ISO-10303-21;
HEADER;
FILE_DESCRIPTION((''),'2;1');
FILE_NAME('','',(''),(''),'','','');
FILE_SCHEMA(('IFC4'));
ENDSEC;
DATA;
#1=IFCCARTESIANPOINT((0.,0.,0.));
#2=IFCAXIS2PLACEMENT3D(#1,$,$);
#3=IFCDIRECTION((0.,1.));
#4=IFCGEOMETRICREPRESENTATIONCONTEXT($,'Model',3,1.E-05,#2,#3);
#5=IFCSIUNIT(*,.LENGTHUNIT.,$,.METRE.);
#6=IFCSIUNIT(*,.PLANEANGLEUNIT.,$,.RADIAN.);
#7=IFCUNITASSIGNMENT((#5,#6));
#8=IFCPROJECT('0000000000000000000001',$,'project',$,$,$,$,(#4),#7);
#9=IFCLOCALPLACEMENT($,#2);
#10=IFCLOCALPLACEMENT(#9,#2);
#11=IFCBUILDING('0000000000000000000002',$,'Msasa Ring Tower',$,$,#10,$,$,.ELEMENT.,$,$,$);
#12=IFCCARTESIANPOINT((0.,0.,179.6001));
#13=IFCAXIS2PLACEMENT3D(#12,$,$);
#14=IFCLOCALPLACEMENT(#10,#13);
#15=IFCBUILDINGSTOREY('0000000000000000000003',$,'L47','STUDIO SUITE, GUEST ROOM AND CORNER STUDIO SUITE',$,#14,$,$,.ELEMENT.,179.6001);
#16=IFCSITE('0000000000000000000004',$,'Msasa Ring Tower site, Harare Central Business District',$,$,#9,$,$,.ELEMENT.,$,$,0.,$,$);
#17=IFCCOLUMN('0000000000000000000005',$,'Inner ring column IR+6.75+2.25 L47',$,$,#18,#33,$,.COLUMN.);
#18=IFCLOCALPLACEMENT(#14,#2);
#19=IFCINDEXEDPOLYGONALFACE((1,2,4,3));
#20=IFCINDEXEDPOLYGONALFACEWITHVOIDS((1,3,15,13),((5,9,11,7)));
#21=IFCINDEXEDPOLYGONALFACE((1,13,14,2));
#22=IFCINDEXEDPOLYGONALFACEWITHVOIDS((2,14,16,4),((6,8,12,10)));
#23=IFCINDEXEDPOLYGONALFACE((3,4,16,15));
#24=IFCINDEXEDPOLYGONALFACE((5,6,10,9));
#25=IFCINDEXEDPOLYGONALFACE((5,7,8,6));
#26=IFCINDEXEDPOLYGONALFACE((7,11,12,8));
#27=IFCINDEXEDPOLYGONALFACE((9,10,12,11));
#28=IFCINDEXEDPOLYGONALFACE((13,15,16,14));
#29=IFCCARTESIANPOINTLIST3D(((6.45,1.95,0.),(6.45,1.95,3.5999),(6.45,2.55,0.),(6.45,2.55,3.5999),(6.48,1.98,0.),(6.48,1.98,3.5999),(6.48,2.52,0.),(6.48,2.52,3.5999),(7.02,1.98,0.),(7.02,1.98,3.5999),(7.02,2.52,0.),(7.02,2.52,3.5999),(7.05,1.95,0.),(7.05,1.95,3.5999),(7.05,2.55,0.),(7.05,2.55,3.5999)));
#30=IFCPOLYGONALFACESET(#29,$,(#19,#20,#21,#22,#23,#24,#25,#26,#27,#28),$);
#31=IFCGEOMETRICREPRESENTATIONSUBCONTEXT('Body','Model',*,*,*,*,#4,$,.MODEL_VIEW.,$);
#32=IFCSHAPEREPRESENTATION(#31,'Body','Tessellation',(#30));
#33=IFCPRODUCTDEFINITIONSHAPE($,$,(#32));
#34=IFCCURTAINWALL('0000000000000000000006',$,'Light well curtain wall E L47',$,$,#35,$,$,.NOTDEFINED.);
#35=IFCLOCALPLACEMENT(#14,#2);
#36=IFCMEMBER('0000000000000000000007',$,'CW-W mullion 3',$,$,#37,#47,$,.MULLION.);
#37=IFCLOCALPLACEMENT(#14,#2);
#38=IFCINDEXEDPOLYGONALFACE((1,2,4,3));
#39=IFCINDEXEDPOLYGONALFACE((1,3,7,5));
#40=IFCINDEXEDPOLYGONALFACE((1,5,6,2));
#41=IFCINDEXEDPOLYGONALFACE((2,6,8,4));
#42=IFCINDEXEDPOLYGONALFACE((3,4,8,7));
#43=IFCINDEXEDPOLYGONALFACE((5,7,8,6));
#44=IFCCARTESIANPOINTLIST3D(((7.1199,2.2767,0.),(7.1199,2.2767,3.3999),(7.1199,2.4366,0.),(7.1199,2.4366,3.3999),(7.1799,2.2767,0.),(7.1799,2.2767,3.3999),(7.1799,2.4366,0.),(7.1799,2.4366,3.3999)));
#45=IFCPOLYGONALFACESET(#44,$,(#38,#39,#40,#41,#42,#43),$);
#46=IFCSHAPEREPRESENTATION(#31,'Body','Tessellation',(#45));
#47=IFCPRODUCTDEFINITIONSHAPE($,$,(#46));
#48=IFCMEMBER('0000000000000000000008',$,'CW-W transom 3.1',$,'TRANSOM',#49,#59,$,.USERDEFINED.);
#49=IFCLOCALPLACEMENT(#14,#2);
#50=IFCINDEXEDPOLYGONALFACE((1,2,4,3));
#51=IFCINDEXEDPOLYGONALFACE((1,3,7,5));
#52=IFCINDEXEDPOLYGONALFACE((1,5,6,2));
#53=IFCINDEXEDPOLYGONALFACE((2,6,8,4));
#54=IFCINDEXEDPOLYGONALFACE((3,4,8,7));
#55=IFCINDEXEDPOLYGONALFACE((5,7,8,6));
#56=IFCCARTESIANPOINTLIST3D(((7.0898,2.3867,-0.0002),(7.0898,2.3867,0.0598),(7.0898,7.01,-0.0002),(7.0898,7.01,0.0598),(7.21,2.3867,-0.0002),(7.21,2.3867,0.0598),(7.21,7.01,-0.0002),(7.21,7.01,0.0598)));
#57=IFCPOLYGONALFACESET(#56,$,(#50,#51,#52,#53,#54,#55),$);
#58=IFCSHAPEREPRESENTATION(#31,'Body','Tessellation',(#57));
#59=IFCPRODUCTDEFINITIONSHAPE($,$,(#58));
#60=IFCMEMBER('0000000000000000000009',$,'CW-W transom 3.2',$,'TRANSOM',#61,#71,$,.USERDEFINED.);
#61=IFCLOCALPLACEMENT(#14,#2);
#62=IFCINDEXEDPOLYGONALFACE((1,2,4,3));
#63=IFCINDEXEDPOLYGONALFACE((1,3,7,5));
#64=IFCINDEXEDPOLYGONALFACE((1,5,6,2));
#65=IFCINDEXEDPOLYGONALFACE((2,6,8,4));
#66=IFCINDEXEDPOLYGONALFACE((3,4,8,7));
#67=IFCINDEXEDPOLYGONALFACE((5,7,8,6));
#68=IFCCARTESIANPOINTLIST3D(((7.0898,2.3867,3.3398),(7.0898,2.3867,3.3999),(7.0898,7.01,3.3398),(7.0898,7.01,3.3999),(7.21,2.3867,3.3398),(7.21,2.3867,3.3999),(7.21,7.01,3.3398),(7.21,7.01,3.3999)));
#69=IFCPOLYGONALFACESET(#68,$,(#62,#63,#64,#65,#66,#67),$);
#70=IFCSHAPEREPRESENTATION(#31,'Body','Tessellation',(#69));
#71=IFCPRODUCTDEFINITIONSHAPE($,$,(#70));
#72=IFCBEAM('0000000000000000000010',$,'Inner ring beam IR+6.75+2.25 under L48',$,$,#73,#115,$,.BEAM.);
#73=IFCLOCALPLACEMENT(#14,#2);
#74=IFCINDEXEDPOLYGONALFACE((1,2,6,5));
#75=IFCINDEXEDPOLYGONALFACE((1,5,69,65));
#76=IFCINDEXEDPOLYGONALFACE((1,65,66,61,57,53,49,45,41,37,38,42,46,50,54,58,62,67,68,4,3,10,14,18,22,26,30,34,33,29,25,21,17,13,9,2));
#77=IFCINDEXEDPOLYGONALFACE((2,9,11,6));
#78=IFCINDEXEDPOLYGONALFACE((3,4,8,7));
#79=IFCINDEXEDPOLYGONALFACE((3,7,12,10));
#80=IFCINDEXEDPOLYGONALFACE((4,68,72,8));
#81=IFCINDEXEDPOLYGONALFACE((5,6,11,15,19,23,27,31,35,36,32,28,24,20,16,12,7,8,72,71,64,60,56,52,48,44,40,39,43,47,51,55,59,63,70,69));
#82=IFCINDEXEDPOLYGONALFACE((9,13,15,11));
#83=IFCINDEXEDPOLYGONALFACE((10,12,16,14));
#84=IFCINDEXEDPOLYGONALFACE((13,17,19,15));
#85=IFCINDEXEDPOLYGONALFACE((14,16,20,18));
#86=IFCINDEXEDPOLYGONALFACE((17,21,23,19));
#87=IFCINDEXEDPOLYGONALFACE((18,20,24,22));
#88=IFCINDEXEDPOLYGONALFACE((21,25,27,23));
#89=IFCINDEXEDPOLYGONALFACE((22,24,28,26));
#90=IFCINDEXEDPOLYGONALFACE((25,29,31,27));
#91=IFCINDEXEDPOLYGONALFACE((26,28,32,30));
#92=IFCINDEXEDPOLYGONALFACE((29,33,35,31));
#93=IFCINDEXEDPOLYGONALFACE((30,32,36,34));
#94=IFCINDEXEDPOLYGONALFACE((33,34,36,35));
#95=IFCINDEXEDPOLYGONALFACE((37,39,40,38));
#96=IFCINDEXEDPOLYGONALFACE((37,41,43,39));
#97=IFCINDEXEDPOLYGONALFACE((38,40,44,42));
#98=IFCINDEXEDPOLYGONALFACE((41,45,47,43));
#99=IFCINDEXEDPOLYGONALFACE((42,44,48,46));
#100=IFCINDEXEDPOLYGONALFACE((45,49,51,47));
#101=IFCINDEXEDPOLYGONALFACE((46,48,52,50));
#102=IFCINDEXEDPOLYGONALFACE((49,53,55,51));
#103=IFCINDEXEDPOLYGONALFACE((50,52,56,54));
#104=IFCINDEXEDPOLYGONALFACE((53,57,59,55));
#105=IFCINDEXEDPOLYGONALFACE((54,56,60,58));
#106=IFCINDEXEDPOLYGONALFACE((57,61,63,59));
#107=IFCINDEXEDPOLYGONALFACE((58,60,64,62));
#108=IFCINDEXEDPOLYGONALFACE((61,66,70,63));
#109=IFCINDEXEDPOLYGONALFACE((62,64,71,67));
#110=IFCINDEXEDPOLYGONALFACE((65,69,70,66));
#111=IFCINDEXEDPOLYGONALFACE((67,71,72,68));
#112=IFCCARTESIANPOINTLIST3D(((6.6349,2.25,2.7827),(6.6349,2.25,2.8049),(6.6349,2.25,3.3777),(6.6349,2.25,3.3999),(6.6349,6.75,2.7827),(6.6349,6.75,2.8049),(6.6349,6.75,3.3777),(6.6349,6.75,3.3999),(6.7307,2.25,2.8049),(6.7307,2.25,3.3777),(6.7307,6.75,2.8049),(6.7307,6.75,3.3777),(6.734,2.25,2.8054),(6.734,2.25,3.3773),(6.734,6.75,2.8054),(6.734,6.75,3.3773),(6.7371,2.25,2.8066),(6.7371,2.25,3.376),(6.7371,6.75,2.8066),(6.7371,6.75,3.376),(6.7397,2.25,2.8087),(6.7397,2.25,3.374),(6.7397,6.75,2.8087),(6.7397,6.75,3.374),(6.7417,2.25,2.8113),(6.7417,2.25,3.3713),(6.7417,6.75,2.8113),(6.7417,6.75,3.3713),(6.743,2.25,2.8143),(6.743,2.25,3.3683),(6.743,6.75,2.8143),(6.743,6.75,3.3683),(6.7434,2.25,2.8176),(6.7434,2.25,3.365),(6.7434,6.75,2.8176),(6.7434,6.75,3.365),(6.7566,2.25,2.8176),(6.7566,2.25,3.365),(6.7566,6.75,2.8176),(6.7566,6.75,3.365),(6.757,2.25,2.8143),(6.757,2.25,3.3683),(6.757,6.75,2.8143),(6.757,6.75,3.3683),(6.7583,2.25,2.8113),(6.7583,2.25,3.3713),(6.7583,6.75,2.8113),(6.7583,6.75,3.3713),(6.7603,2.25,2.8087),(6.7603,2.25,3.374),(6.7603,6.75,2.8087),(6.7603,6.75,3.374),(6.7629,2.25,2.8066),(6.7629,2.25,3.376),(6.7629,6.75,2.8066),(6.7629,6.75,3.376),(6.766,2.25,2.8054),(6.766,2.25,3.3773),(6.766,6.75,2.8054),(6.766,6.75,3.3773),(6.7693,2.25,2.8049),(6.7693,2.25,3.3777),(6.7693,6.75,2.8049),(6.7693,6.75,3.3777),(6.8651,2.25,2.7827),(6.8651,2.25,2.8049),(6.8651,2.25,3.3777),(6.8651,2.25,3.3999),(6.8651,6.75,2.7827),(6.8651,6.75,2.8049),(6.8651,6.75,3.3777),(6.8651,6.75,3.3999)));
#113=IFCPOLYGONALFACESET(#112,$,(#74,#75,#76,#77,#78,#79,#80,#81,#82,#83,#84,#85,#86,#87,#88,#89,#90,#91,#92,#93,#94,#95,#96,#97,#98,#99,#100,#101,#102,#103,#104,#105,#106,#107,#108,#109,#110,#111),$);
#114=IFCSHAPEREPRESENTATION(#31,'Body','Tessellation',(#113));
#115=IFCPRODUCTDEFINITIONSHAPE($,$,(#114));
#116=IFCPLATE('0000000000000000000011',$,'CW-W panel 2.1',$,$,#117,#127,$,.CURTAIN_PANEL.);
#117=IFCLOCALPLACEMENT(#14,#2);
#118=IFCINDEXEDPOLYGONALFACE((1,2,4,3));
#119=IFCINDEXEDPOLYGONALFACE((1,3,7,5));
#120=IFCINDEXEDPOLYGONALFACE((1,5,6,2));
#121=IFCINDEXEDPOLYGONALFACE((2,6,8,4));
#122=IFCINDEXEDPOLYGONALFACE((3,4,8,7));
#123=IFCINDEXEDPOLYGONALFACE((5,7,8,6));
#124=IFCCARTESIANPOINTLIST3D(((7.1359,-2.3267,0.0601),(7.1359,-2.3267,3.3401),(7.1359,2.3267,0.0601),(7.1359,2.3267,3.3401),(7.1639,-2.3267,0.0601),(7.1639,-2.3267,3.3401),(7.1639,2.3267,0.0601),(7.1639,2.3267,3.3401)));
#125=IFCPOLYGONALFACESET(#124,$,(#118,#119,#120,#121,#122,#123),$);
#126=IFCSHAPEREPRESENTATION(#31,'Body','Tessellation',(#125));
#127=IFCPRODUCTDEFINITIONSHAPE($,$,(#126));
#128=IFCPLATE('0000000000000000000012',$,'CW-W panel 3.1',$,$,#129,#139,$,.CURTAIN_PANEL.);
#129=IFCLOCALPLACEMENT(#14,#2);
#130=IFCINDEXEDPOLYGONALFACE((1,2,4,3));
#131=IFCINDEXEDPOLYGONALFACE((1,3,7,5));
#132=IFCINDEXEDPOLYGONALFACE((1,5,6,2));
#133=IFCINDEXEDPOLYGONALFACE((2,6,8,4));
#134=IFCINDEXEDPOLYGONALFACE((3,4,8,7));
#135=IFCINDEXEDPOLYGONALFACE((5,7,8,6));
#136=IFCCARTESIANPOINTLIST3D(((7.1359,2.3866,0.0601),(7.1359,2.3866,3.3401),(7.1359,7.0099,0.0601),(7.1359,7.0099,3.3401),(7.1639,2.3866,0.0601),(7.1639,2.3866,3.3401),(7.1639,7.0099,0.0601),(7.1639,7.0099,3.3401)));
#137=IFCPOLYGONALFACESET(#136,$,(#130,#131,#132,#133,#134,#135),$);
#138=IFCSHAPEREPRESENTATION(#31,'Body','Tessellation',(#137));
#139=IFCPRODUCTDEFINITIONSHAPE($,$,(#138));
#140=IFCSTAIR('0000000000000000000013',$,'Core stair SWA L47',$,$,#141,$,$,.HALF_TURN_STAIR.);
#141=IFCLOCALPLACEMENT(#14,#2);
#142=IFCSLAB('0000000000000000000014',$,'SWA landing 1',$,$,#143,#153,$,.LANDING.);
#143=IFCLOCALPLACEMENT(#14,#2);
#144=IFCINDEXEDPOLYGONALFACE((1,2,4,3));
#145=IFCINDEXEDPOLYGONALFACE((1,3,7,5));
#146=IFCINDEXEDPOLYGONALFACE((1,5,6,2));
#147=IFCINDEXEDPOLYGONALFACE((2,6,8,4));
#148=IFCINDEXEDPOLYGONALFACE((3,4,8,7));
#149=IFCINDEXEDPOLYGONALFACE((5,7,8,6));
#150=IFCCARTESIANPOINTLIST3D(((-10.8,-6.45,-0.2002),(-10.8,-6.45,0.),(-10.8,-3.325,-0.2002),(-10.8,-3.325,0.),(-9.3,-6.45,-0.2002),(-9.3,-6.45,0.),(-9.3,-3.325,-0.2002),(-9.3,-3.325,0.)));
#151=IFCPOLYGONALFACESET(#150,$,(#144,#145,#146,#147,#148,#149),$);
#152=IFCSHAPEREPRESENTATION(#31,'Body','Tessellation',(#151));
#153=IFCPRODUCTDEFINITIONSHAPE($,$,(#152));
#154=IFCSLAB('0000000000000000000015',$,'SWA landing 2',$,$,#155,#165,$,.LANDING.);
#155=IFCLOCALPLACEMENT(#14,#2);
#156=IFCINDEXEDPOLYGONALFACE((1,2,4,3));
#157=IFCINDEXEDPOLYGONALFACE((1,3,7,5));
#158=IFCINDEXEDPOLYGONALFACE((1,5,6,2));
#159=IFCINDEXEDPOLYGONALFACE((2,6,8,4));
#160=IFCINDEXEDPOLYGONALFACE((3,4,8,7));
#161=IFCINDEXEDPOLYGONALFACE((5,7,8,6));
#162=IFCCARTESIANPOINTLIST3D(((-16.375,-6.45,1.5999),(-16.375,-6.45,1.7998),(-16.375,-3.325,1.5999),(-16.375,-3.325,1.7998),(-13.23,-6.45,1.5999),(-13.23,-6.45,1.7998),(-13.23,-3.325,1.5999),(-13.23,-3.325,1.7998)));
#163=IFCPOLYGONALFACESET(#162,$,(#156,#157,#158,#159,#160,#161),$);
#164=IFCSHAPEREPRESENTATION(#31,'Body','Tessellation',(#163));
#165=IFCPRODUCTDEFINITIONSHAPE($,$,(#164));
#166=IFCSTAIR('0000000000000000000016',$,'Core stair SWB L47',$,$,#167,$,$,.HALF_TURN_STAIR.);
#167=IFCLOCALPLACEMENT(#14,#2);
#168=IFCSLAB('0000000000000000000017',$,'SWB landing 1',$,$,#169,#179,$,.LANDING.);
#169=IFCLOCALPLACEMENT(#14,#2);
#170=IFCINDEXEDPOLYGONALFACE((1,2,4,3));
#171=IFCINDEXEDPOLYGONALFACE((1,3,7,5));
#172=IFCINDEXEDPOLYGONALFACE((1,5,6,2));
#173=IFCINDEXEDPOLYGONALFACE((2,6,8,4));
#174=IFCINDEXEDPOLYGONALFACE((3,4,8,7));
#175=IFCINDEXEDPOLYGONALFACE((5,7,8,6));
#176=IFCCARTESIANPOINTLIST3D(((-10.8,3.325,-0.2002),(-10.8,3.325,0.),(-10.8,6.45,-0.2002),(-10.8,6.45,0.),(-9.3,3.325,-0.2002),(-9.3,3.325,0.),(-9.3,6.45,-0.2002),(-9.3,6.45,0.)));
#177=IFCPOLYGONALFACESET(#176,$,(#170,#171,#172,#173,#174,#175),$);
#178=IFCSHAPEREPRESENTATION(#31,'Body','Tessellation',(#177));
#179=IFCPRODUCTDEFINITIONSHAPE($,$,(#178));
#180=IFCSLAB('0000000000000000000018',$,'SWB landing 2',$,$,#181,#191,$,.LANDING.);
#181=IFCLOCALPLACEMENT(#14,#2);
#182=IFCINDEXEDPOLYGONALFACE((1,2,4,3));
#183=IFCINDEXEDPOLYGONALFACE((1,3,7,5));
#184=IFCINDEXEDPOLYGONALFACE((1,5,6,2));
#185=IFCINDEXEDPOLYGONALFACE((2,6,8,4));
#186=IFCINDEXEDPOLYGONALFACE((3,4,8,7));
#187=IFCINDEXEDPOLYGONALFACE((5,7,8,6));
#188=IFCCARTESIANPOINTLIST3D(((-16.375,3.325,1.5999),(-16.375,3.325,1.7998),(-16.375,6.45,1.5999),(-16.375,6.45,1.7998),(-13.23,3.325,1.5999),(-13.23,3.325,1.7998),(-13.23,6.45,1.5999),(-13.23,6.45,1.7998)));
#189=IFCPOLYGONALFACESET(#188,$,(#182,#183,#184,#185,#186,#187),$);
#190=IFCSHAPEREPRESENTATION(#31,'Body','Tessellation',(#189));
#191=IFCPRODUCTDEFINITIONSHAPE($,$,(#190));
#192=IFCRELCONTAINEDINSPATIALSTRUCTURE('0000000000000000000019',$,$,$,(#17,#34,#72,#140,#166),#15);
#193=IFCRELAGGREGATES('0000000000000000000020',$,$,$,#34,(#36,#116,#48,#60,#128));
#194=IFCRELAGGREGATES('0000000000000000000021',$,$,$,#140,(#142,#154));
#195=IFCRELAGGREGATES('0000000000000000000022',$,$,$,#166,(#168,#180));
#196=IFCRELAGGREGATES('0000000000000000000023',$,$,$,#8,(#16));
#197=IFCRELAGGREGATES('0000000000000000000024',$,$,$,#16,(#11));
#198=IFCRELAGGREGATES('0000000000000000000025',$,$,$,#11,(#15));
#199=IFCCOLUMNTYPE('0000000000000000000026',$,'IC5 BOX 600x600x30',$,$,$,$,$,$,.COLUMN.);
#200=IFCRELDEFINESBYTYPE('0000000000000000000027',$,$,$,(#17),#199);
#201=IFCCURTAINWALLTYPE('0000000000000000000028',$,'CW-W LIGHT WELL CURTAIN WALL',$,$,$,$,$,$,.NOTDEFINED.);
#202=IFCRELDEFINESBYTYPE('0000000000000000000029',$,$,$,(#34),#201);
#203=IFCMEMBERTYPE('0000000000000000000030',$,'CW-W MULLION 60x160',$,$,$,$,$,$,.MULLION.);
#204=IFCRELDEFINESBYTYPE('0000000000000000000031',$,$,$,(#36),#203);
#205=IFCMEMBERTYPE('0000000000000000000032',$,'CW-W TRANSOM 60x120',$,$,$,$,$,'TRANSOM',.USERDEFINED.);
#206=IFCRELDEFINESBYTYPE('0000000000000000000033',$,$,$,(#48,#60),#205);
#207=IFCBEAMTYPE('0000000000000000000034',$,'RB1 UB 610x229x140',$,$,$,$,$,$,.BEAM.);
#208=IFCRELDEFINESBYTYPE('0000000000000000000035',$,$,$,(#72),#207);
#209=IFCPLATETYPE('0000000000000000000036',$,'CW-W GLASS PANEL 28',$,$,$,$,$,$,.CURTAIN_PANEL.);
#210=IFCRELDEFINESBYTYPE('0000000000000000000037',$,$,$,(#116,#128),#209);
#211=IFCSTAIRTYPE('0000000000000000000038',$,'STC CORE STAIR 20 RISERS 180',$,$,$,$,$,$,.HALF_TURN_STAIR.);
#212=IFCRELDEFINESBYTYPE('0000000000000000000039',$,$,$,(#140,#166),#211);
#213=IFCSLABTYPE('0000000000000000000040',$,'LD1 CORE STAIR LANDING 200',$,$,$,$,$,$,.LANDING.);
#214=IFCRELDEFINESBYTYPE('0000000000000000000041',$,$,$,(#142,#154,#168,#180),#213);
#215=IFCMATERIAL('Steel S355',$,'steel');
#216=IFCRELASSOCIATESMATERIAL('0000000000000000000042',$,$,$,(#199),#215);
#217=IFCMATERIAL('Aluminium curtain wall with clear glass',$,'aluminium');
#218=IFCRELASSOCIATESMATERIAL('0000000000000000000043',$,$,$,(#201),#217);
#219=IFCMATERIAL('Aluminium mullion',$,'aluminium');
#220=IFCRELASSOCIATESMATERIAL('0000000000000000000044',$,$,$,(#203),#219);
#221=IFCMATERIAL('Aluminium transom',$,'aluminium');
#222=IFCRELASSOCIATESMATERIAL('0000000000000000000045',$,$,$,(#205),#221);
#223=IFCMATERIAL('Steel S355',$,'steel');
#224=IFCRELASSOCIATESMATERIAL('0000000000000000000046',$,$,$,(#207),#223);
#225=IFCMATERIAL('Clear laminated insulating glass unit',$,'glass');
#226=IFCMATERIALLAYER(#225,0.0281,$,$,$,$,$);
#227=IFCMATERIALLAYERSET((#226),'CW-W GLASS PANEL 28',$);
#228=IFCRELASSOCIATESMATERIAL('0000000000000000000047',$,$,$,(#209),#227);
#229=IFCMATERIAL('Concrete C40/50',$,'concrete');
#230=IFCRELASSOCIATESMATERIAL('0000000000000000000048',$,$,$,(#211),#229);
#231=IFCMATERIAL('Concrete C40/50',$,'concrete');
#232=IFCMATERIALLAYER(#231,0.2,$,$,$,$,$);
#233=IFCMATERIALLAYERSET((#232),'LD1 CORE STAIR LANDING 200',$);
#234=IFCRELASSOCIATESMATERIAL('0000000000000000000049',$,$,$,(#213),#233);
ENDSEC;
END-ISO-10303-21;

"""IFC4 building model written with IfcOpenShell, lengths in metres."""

from ifc_helpers import new_model, si_unit, direction, frame, origin, origin_2d, place, context, subcontext, project, spatial, polyline, rectangle, hollow_rectangle, i_section, outline, extrude, material, layer, layer_set, material_profile, profile_set, type_object, element, aggregate, save


model = new_model("IFC4")

# Units and contexts
model_context = context("Model", 3, precision=1e-05, world=origin(), true_north=direction((0.0, 1.0)))
body_context = subcontext(model_context, "Body", "Model", "MODEL_VIEW")
ifc_project = project(units=[si_unit("LENGTHUNIT", "METRE"), si_unit("PLANEANGLEUNIT", "RADIAN")], contexts=[model_context])

# Site, building, storey
site_placement = place(None, origin())
site = spatial("IfcSite", under=ifc_project, at=site_placement, Name="Msasa Ring Tower site, Harare Central Business District", CompositionType="ELEMENT", RefElevation=0.0)
building_placement = place(site_placement, origin())
building = spatial("IfcBuilding", under=site, at=building_placement, Name="Msasa Ring Tower", CompositionType="ELEMENT")
storey_placement = place(building_placement, frame((0.0, 0.0, 179.6001)))
storey = spatial("IfcBuildingStorey", under=building, at=storey_placement, Name="L47", Description="STUDIO SUITE, GUEST ROOM AND CORNER STUDIO SUITE", CompositionType="ELEMENT", Elevation=179.6001)

# Column
ifc_material_1 = material(Name="Steel S355", Category="steel")
ifc_material_profile_1 = material_profile(ifc_material_1, hollow_rectangle(XDim=0.6001, YDim=0.6001, WallThickness=0.03, at=origin_2d()), Name="BOX 600x600x30")
ifc_profile_set_1 = profile_set([ifc_material_profile_1], Name="Steel S355")
column_type = type_object("IfcColumnType", Name="IC5 BOX 600x600x30", PredefinedType="COLUMN", material=ifc_profile_set_1)
column_placement = place(storey_placement, frame((6.75, 2.25, 0.0), z_axis=(0.0, 0.0, 1.0), x_axis=(1.0, 0.0, 0.0)))
element("IfcColumn", 1, at=column_placement, inside=storey, type_object=column_type, Name="Inner ring column IR+6.75+2.25 L47", PredefinedType="COLUMN", context=body_context, shape_type="SweptSolid", body=[
    extrude(hollow_rectangle(XDim=0.6001, YDim=0.6001, WallThickness=0.03, at=origin_2d()), origin(), (0.0, 0.0, 1.0), 3.5999),
])

# Curtain wall, members
ifc_material_2 = material(Name="Aluminium curtain wall with clear glass", Category="aluminium")
curtain_wall_type = type_object("IfcCurtainWallType", Name="CW-W LIGHT WELL CURTAIN WALL", PredefinedType="NOTDEFINED", material=ifc_material_2)
curtain_wall_placement = place(storey_placement, origin())
curtain_wall = element("IfcCurtainWall", 2, at=curtain_wall_placement, inside=storey, type_object=curtain_wall_type, Name="Light well curtain wall E L47", PredefinedType="NOTDEFINED")
ifc_material_3 = material(Name="Aluminium mullion", Category="aluminium")
ifc_material_profile_2 = material_profile(ifc_material_3, rectangle(XDim=0.0601, YDim=0.1599, at=origin_2d()), Name="AL 60x160")
ifc_profile_set_2 = profile_set([ifc_material_profile_2], Name="Aluminium mullion")
member_type_1 = type_object("IfcMemberType", Name="CW-W MULLION 60x160", PredefinedType="MULLION", material=ifc_profile_set_2)
member_1_placement = place(storey_placement, frame((7.1499, 2.3567, 0.0), z_axis=(0.0, 0.0, 1.0), x_axis=(-1.0, 0.0, 0.0)))
member_1 = element("IfcMember", 3, at=member_1_placement, type_object=member_type_1, Name="CW-W mullion 3", PredefinedType="MULLION", context=body_context, shape_type="SweptSolid", body=[
    extrude(rectangle(XDim=0.0601, YDim=0.1599, at=origin_2d()), origin(), (0.0, 0.0, 1.0), 3.3999),
])
ifc_material_4 = material(Name="Aluminium transom", Category="aluminium")
ifc_material_profile_3 = material_profile(ifc_material_4, rectangle(XDim=0.1201, YDim=0.0601, at=origin_2d()), Name="AL 60x120")
ifc_profile_set_3 = profile_set([ifc_material_profile_3], Name="Aluminium transom")
member_type_2 = type_object("IfcMemberType", Name="CW-W TRANSOM 60x120", ElementType="TRANSOM", PredefinedType="USERDEFINED", material=ifc_profile_set_3)
member_2_placement = place(storey_placement, frame((7.1499, 2.3867, 0.0298), z_axis=(0.0, 1.0, 0.0), x_axis=(-1.0, 0.0, 0.0)))
member_2 = element("IfcMember", 4, at=member_2_placement, type_object=member_type_2, Name="CW-W transom 3.1", ObjectType="TRANSOM", PredefinedType="USERDEFINED", context=body_context, shape_type="SweptSolid", body=[
    extrude(rectangle(XDim=0.1201, YDim=0.0601, at=origin_2d()), origin(), (0.0, 0.0, 1.0), 4.6233),
])
member_3_placement = place(storey_placement, frame((7.1499, 2.3867, 3.3699), z_axis=(0.0, 1.0, 0.0), x_axis=(-1.0, 0.0, 0.0)))
member_3 = element("IfcMember", 5, at=member_3_placement, type_object=member_type_2, Name="CW-W transom 3.2", ObjectType="TRANSOM", PredefinedType="USERDEFINED", context=body_context, shape_type="SweptSolid", body=[
    extrude(rectangle(XDim=0.1201, YDim=0.0601, at=origin_2d()), origin(), (0.0, 0.0, 1.0), 4.6233),
])

# Beam
ifc_material_5 = material(Name="Steel S355", Category="steel")
ifc_material_profile_4 = material_profile(ifc_material_5, i_section(OverallWidth=0.2302, OverallDepth=0.6172, WebThickness=0.0132, FlangeThickness=0.0222, FilletRadius=0.0127, at=origin_2d()), Name="UB 610x229x140")
ifc_profile_set_4 = profile_set([ifc_material_profile_4], Name="Steel S355")
beam_type = type_object("IfcBeamType", Name="RB1 UB 610x229x140", PredefinedType="BEAM", material=ifc_profile_set_4)
beam_placement = place(storey_placement, frame((6.75, 2.25, 3.0913), z_axis=(0.0, 1.0, 0.0), x_axis=(-1.0, 0.0, 0.0)))
element("IfcBeam", 6, at=beam_placement, inside=storey, type_object=beam_type, Name="Inner ring beam IR+6.75+2.25 under L48", PredefinedType="BEAM", context=body_context, shape_type="SweptSolid", body=[
    extrude(i_section(OverallWidth=0.2302, OverallDepth=0.6172, WebThickness=0.0132, FlangeThickness=0.0222, FilletRadius=0.0127, at=origin_2d()), origin(), (0.0, 0.0, 1.0), 4.5),
])

# Plates
ifc_material_6 = material(Name="Clear laminated insulating glass unit", Category="glass")
ifc_layer_1 = layer(ifc_material_6, 0.0281)
ifc_layer_set_1 = layer_set([ifc_layer_1], Name="CW-W GLASS PANEL 28")
plate_type = type_object("IfcPlateType", Name="CW-W GLASS PANEL 28", PredefinedType="CURTAIN_PANEL", material=ifc_layer_set_1)
plate_1_placement = place(storey_placement, frame((7.1499, 0.0, 0.0601), z_axis=(0.0, 0.0, 1.0), x_axis=(0.0, 1.0, 0.0)))
plate_1 = element("IfcPlate", 7, at=plate_1_placement, type_object=plate_type, Name="CW-W panel 2.1", PredefinedType="CURTAIN_PANEL", context=body_context, shape_type="SweptSolid", body=[
    extrude(rectangle(XDim=4.6533, YDim=0.0281, at=origin_2d()), origin(), (0.0, 0.0, 1.0), 3.28),
])
plate_2_placement = place(storey_placement, frame((7.1499, 4.6982, 0.0601), z_axis=(0.0, 0.0, 1.0), x_axis=(0.0, 1.0, 0.0)))
plate_2 = element("IfcPlate", 8, at=plate_2_placement, type_object=plate_type, Name="CW-W panel 3.1", PredefinedType="CURTAIN_PANEL", context=body_context, shape_type="SweptSolid", body=[
    extrude(rectangle(XDim=4.6233, YDim=0.0281, at=origin_2d()), origin(), (0.0, 0.0, 1.0), 3.28),
])
aggregate(curtain_wall, [member_1, plate_1, member_2, member_3, plate_2])

# Stairs, slabs
ifc_material_7 = material(Name="Concrete C40/50", Category="concrete")
stair_type = type_object("IfcStairType", Name="STC CORE STAIR 20 RISERS 180", PredefinedType="HALF_TURN_STAIR", material=ifc_material_7)
stair_1_placement = place(storey_placement, origin())
stair_1 = element("IfcStair", 9, at=stair_1_placement, inside=storey, type_object=stair_type, Name="Core stair SWA L47", PredefinedType="HALF_TURN_STAIR")
ifc_material_8 = material(Name="Concrete C40/50", Category="concrete")
ifc_layer_2 = layer(ifc_material_8, 0.2)
ifc_layer_set_2 = layer_set([ifc_layer_2], Name="LD1 CORE STAIR LANDING 200")
slab_type = type_object("IfcSlabType", Name="LD1 CORE STAIR LANDING 200", PredefinedType="LANDING", material=ifc_layer_set_2)
slab_1_placement = place(storey_placement, frame((0.0, 0.0, -0.2002)))
slab_1 = element("IfcSlab", 10, at=slab_1_placement, type_object=slab_type, Name="SWA landing 1", PredefinedType="LANDING", context=body_context, shape_type="SweptSolid", body=[
    extrude(outline(polyline([(-10.8, -6.45), (-9.3, -6.45), (-9.3, -3.325), (-10.8, -3.325), (-10.8, -6.45)])), origin(), (0.0, 0.0, 1.0), 0.2002),
])
slab_2_placement = place(storey_placement, frame((0.0, 0.0, 1.5999)))
slab_2 = element("IfcSlab", 11, at=slab_2_placement, type_object=slab_type, Name="SWA landing 2", PredefinedType="LANDING", context=body_context, shape_type="SweptSolid", body=[
    extrude(outline(polyline([(-16.375, -6.45), (-13.23, -6.45), (-13.23, -3.325), (-16.375, -3.325), (-16.375, -6.45)])), origin(), (0.0, 0.0, 1.0), 0.2),
])
aggregate(stair_1, [slab_1, slab_2])
stair_2_placement = place(storey_placement, origin())
stair_2 = element("IfcStair", 12, at=stair_2_placement, inside=storey, type_object=stair_type, Name="Core stair SWB L47", PredefinedType="HALF_TURN_STAIR")
slab_3_placement = place(storey_placement, frame((0.0, 0.0, -0.2002)))
slab_3 = element("IfcSlab", 13, at=slab_3_placement, type_object=slab_type, Name="SWB landing 1", PredefinedType="LANDING", context=body_context, shape_type="SweptSolid", body=[
    extrude(outline(polyline([(-10.8, 3.325), (-9.3, 3.325), (-9.3, 6.45), (-10.8, 6.45), (-10.8, 3.325)])), origin(), (0.0, 0.0, 1.0), 0.2002),
])
slab_4_placement = place(storey_placement, frame((0.0, 0.0, 1.5999)))
slab_4 = element("IfcSlab", 14, at=slab_4_placement, type_object=slab_type, Name="SWB landing 2", PredefinedType="LANDING", context=body_context, shape_type="SweptSolid", body=[
    extrude(outline(polyline([(-16.375, 3.325), (-13.23, 3.325), (-13.23, 6.45), (-16.375, 6.45), (-16.375, 3.325)])), origin(), (0.0, 0.0, 1.0), 0.2),
])
aggregate(stair_2, [slab_3, slab_4])

save(model, "model.ifc")
